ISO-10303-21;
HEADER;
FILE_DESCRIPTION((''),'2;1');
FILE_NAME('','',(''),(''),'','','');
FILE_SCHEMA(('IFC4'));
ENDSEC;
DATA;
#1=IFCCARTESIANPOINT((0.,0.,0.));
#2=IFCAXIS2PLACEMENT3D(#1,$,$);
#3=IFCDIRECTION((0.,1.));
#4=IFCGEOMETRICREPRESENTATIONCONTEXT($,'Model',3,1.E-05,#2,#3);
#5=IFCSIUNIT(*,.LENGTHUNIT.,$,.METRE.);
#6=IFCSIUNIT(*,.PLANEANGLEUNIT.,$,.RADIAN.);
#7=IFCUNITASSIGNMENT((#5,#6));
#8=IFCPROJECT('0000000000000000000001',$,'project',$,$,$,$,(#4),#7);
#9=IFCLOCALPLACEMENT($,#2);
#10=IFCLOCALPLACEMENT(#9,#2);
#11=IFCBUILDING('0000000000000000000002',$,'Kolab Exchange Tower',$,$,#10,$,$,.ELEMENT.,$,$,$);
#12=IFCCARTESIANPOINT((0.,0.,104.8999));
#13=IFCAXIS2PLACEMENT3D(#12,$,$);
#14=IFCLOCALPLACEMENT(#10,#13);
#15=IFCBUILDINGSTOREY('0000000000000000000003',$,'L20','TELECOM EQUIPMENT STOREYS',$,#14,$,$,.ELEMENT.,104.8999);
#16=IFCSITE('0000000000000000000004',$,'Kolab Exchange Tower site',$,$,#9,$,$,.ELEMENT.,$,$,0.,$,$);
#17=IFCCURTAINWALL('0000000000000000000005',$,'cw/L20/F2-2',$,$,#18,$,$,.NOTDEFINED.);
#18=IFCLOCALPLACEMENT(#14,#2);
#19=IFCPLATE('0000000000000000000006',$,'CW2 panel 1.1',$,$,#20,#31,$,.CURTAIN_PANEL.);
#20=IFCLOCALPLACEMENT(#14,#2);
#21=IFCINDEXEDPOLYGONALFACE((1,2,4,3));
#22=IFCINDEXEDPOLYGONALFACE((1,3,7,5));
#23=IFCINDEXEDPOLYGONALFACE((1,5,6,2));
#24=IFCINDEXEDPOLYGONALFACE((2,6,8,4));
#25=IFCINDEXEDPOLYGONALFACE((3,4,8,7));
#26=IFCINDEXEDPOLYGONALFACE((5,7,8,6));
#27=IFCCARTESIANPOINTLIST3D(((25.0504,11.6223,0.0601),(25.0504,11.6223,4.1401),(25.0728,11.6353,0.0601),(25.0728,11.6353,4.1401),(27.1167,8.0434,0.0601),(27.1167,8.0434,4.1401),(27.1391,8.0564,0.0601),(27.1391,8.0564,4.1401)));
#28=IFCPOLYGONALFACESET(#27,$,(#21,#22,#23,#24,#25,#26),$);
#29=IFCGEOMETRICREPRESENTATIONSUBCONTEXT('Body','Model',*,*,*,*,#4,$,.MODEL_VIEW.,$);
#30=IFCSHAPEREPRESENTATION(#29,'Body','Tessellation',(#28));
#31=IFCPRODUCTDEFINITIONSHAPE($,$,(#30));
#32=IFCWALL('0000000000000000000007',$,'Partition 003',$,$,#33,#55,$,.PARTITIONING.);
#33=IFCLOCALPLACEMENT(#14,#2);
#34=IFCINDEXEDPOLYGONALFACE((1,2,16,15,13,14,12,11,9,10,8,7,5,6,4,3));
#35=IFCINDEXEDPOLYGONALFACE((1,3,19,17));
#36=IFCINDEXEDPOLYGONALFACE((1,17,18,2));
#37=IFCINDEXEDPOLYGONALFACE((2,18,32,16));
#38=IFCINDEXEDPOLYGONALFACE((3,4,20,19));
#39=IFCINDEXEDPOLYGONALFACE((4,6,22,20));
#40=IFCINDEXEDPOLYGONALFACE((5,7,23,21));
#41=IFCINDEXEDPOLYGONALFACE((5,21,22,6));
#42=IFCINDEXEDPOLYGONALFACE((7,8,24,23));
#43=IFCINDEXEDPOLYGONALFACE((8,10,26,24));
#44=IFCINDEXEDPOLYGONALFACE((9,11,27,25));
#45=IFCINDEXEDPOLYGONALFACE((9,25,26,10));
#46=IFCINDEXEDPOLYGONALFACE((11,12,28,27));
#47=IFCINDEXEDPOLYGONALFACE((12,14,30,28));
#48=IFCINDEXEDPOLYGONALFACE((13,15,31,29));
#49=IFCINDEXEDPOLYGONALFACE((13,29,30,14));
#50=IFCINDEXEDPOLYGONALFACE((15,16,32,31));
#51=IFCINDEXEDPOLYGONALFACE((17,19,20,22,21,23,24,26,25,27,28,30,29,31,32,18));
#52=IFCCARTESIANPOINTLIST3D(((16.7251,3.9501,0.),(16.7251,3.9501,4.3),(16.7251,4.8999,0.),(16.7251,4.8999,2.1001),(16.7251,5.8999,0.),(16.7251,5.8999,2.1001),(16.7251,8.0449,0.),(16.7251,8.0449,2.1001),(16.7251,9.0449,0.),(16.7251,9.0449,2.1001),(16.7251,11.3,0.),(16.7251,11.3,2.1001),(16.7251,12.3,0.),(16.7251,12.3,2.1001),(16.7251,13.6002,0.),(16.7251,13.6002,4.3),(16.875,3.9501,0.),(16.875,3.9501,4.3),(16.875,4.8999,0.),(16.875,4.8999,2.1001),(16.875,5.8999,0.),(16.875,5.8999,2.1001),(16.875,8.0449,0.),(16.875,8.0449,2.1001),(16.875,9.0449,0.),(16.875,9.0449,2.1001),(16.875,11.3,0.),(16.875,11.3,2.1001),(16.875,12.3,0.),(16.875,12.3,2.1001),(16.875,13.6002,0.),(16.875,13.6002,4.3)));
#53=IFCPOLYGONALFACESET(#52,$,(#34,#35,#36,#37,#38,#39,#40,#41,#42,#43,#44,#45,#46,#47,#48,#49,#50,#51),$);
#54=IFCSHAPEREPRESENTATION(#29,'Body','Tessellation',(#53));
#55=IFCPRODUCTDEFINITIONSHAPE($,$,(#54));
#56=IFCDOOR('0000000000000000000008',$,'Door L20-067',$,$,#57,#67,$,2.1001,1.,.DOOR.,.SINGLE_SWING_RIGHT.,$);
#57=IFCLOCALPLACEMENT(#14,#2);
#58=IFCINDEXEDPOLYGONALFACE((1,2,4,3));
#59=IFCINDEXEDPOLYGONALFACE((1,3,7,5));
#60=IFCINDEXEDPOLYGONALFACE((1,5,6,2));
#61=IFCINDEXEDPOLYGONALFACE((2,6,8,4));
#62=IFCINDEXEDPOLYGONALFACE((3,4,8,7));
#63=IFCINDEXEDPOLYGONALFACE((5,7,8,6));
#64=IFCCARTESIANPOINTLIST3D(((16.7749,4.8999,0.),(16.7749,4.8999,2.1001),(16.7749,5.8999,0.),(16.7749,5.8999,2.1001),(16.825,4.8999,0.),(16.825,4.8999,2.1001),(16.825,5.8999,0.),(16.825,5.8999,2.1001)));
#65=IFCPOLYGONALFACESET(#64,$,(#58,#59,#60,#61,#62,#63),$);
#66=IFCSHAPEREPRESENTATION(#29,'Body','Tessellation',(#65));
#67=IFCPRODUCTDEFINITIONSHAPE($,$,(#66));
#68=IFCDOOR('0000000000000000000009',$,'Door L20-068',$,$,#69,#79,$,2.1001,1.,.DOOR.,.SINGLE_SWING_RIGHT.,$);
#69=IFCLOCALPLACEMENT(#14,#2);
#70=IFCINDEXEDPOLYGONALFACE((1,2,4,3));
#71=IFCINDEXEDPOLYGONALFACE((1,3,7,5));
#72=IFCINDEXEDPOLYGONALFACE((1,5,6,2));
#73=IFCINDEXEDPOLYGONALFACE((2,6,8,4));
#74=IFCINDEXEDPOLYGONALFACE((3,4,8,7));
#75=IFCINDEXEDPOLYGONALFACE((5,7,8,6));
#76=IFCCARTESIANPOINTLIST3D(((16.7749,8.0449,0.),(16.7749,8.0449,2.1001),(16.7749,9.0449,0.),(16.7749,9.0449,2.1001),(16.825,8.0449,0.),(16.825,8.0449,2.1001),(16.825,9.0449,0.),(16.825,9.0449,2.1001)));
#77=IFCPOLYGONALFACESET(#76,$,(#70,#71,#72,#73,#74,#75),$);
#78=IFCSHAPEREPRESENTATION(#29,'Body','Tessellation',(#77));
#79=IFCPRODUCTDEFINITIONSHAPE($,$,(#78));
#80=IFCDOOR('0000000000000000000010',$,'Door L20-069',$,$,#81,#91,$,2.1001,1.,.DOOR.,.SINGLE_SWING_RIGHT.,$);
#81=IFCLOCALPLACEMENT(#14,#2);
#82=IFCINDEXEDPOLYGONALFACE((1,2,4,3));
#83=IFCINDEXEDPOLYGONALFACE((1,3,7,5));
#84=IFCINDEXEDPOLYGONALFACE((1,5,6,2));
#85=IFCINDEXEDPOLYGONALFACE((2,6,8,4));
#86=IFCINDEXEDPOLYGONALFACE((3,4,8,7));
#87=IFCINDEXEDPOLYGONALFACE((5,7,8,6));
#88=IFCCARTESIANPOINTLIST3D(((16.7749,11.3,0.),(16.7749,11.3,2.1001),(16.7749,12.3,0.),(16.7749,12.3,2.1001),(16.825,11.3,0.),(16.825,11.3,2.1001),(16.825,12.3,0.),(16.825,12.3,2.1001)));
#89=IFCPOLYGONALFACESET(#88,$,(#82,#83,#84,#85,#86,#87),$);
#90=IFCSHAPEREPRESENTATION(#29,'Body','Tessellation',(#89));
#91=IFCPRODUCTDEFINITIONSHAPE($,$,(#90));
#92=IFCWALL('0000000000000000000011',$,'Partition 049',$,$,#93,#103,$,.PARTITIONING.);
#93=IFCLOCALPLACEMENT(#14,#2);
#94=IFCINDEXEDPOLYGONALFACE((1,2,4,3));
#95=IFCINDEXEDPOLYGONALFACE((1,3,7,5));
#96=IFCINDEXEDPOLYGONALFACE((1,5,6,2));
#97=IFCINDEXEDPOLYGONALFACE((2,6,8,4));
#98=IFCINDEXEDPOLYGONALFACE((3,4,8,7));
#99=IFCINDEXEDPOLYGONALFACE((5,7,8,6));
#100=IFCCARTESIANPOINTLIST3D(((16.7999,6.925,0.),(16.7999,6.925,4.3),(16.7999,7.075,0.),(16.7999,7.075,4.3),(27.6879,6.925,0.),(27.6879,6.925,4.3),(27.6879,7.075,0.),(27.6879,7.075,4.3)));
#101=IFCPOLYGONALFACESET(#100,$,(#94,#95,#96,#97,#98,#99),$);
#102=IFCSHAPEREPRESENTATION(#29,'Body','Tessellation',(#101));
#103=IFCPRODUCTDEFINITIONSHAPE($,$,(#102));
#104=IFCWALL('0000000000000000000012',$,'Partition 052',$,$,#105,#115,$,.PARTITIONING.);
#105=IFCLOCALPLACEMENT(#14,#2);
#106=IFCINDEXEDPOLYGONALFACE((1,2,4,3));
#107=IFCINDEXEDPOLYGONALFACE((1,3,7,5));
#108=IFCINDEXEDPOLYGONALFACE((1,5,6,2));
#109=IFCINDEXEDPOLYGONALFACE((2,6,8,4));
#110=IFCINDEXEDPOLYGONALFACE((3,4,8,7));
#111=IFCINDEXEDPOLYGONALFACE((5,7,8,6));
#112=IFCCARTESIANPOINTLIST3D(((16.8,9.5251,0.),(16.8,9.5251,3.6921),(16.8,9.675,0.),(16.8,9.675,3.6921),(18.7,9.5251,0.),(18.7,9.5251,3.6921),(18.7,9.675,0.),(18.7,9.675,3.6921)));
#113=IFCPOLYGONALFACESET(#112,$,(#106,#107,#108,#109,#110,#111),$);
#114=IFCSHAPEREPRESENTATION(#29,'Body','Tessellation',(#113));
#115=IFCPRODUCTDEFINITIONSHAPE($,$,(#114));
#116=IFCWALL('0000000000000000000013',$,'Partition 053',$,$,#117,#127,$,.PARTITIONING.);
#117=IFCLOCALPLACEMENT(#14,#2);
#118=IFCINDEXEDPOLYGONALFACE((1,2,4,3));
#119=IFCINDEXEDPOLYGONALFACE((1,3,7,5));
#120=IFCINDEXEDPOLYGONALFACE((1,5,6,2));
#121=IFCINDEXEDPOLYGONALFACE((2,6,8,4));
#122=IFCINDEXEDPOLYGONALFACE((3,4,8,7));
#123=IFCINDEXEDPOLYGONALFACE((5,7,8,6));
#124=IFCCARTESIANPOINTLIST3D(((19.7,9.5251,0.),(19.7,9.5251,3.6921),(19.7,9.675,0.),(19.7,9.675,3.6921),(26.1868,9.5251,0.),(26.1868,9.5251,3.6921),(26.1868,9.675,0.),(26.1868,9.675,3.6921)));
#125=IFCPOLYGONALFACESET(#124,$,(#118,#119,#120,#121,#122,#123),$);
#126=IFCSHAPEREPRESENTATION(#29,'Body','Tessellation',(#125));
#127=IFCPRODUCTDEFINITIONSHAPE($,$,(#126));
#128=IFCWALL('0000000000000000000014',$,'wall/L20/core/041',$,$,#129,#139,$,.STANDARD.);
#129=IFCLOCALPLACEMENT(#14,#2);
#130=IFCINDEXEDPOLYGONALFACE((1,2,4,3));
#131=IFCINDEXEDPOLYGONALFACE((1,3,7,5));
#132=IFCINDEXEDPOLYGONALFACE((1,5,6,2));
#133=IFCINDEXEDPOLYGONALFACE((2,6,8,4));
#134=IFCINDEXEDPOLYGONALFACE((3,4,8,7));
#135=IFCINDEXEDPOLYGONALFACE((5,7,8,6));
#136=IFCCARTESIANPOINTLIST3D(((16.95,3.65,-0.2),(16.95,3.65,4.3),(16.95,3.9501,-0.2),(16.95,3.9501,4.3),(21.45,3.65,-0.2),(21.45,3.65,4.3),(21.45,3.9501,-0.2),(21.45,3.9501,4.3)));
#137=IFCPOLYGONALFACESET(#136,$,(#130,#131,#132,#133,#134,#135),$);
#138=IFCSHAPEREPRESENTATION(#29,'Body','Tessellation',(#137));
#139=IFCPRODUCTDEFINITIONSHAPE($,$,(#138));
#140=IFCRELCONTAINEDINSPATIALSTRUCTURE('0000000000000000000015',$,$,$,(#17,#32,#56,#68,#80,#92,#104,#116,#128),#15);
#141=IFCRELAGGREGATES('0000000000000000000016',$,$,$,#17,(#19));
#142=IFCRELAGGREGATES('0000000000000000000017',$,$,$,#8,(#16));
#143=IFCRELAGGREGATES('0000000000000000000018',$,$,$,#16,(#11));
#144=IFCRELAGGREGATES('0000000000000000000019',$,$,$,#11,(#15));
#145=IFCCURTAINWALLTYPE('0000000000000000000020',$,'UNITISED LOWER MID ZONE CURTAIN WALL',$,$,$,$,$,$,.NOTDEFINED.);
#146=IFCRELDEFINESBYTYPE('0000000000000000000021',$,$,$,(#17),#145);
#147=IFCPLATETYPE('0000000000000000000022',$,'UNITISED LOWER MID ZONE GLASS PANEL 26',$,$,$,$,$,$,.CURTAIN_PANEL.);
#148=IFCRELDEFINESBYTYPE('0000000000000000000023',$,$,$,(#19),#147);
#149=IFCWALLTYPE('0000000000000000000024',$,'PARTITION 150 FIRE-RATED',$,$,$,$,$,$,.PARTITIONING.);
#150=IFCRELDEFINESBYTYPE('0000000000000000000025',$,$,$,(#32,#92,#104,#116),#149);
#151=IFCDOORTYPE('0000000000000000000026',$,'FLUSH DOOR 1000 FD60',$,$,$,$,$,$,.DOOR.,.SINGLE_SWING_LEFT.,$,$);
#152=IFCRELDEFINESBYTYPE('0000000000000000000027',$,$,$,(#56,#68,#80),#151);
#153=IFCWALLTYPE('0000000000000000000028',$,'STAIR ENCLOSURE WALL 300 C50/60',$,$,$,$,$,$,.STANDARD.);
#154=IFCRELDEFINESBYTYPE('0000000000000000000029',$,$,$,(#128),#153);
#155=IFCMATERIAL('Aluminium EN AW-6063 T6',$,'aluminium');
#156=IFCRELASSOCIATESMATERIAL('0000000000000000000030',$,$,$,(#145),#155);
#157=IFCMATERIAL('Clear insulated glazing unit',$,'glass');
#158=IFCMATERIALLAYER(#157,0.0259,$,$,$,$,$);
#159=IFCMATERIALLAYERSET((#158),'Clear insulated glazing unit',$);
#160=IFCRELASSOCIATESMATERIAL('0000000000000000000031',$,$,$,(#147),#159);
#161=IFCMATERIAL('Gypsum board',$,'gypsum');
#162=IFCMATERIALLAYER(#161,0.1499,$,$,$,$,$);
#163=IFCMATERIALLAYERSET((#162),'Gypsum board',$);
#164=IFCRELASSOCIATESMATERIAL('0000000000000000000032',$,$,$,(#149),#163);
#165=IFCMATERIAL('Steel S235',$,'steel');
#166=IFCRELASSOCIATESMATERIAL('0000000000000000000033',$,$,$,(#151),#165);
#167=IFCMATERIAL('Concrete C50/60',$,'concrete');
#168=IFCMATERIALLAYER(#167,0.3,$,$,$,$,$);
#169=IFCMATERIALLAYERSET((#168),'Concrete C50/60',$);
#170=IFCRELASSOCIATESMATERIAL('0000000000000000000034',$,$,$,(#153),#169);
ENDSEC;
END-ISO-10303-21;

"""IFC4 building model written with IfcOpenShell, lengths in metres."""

from ifc_helpers import new_model, si_unit, direction, frame, frame_2d, origin, origin_2d, place, context, subcontext, project, spatial, rectangle, extrude, material, layer, layer_set, type_object, element, fill, aggregate, save


model = new_model("IFC4")

# Units and contexts
model_context = context("Model", 3, precision=1e-05, world=origin(), true_north=direction((0.0, 1.0)))
body_context = subcontext(model_context, "Body", "Model", "MODEL_VIEW")
ifc_project = project(units=[si_unit("LENGTHUNIT", "METRE"), si_unit("PLANEANGLEUNIT", "RADIAN")], contexts=[model_context])

# Site, building, storey
site_placement = place(None, origin())
site = spatial("IfcSite", under=ifc_project, at=site_placement, Name="Kolab Exchange Tower site", CompositionType="ELEMENT", RefElevation=0.0)
building_placement = place(site_placement, origin())
building = spatial("IfcBuilding", under=site, at=building_placement, Name="Kolab Exchange Tower", CompositionType="ELEMENT")
storey_placement = place(building_placement, frame((0.0, 0.0, 104.8999)))
storey = spatial("IfcBuildingStorey", under=building, at=storey_placement, Name="L20", Description="TELECOM EQUIPMENT STOREYS", CompositionType="ELEMENT", Elevation=104.8999)

# Curtain wall, plate
ifc_material_1 = material(Name="Aluminium EN AW-6063 T6", Category="aluminium")
curtain_wall_type = type_object("IfcCurtainWallType", Name="UNITISED LOWER MID ZONE CURTAIN WALL", PredefinedType="NOTDEFINED", material=ifc_material_1)
curtain_wall_placement = place(storey_placement, origin())
curtain_wall = element("IfcCurtainWall", 1, at=curtain_wall_placement, inside=storey, type_object=curtain_wall_type, Name="cw/L20/F2-2", PredefinedType="NOTDEFINED")
ifc_material_2 = material(Name="Clear insulated glazing unit", Category="glass")
ifc_layer_1 = layer(ifc_material_2, 0.0259)
ifc_layer_set_1 = layer_set([ifc_layer_1], Name="Clear insulated glazing unit")
plate_type = type_object("IfcPlateType", Name="UNITISED LOWER MID ZONE GLASS PANEL 26", PredefinedType="CURTAIN_PANEL", material=ifc_layer_set_1)
plate_placement = place(storey_placement, frame((26.0947, 9.8394, 0.0601), z_axis=(0.0, 0.0, 1.0), x_axis=(0.5, -0.866025, 0.0)))
plate = element("IfcPlate", 2, at=plate_placement, type_object=plate_type, Name="CW2 panel 1.1", PredefinedType="CURTAIN_PANEL", context=body_context, shape_type="SweptSolid", body=[
    extrude(rectangle(XDim=4.1326, YDim=0.0259, at=origin_2d()), origin(), (0.0, 0.0, 1.0), 4.0801),
])
aggregate(curtain_wall, [plate])

# Wall, openings, doors
ifc_material_3 = material(Name="Gypsum board", Category="gypsum")
ifc_layer_2 = layer(ifc_material_3, 0.1499)
ifc_layer_set_2 = layer_set([ifc_layer_2], Name="Gypsum board")
wall_type_1 = type_object("IfcWallType", Name="PARTITION 150 FIRE-RATED", PredefinedType="PARTITIONING", material=ifc_layer_set_2)
wall_1_placement = place(storey_placement, frame((16.8, 3.95, 0.0), z_axis=(0.0, 0.0, 1.0), x_axis=(0.0, 1.0, 0.0)))
wall_1 = element("IfcWall", 3, at=wall_1_placement, inside=storey, type_object=wall_type_1, Name="Partition 003", PredefinedType="PARTITIONING", context=body_context, shape_type="SweptSolid", body=[
    extrude(rectangle(XDim=9.6501, YDim=0.1499, at=frame_2d((4.8252, 0.0))), origin(), (0.0, 0.0, 1.0), 4.3),
])
opening_1_placement = place(wall_1_placement, frame((0.95, 0.0, 0.0)))
opening_1 = element("IfcOpeningElement", 4, at=opening_1_placement, cuts=wall_1, PredefinedType="OPENING", context=body_context, shape_type="SweptSolid", body=[
    extrude(rectangle(XDim=1.0, YDim=2.1001, at=frame_2d((0.5, 1.05))), frame((0.0, 0.085, 0.0), z_axis=(0.0, -1.0, 0.0), x_axis=(1.0, 0.0, 0.0)), (0.0, 0.0, 1.0), 0.1699),
])
opening_2_placement = place(wall_1_placement, frame((4.095, 0.0, 0.0)))
opening_2 = element("IfcOpeningElement", 5, at=opening_2_placement, cuts=wall_1, PredefinedType="OPENING", context=body_context, shape_type="SweptSolid", body=[
    extrude(rectangle(XDim=1.0, YDim=2.1001, at=frame_2d((0.5, 1.05))), frame((0.0, 0.085, 0.0), z_axis=(0.0, -1.0, 0.0), x_axis=(1.0, 0.0, 0.0)), (0.0, 0.0, 1.0), 0.1699),
])
opening_3_placement = place(wall_1_placement, frame((7.3501, 0.0, 0.0)))
opening_3 = element("IfcOpeningElement", 6, at=opening_3_placement, cuts=wall_1, PredefinedType="OPENING", context=body_context, shape_type="SweptSolid", body=[
    extrude(rectangle(XDim=1.0, YDim=2.1001, at=frame_2d((0.5, 1.05))), frame((0.0, 0.085, 0.0), z_axis=(0.0, -1.0, 0.0), x_axis=(1.0, 0.0, 0.0)), (0.0, 0.0, 1.0), 0.1699),
])
ifc_material_4 = material(Name="Steel S235", Category="steel")
door_type = type_object("IfcDoorType", Name="FLUSH DOOR 1000 FD60", OperationType="SINGLE_SWING_LEFT", PredefinedType="DOOR", material=ifc_material_4)
door_1_placement = place(opening_1_placement, frame((1.0, 0.0, 0.0), z_axis=(0.0, 0.0, 1.0), x_axis=(-1.0, 0.0, 0.0)))
door_1 = element("IfcDoor", 7, at=door_1_placement, inside=storey, type_object=door_type, Name="Door L20-067", OperationType="SINGLE_SWING_RIGHT", OverallHeight=2.1001, OverallWidth=1.0, PredefinedType="DOOR", context=body_context, shape_type="SweptSolid", body=[
    extrude(rectangle(XDim=1.0, YDim=2.1001, at=frame_2d((0.5, 1.05))), frame((0.0, 0.0249, 0.0), z_axis=(0.0, -1.0, 0.0), x_axis=(1.0, 0.0, 0.0)), (0.0, 0.0, 1.0), 0.05),
])
fill(opening_1, door_1)
door_2_placement = place(opening_2_placement, frame((1.0, 0.0, 0.0), z_axis=(0.0, 0.0, 1.0), x_axis=(-1.0, 0.0, 0.0)))
door_2 = element("IfcDoor", 8, at=door_2_placement, inside=storey, type_object=door_type, Name="Door L20-068", OperationType="SINGLE_SWING_RIGHT", OverallHeight=2.1001, OverallWidth=1.0, PredefinedType="DOOR", context=body_context, shape_type="SweptSolid", body=[
    extrude(rectangle(XDim=1.0, YDim=2.1001, at=frame_2d((0.5, 1.05))), frame((0.0, 0.0249, 0.0), z_axis=(0.0, -1.0, 0.0), x_axis=(1.0, 0.0, 0.0)), (0.0, 0.0, 1.0), 0.05),
])
fill(opening_2, door_2)
door_3_placement = place(opening_3_placement, frame((1.0, 0.0, 0.0), z_axis=(0.0, 0.0, 1.0), x_axis=(-1.0, 0.0, 0.0)))
door_3 = element("IfcDoor", 9, at=door_3_placement, inside=storey, type_object=door_type, Name="Door L20-069", OperationType="SINGLE_SWING_RIGHT", OverallHeight=2.1001, OverallWidth=1.0, PredefinedType="DOOR", context=body_context, shape_type="SweptSolid", body=[
    extrude(rectangle(XDim=1.0, YDim=2.1001, at=frame_2d((0.5, 1.05))), frame((0.0, 0.0249, 0.0), z_axis=(0.0, -1.0, 0.0), x_axis=(1.0, 0.0, 0.0)), (0.0, 0.0, 1.0), 0.05),
])
fill(opening_3, door_3)

# Walls
wall_2_placement = place(storey_placement, frame((16.8, 7.0, 0.0), z_axis=(0.0, 0.0, 1.0), x_axis=(1.0, 0.0, 0.0)))
element("IfcWall", 10, at=wall_2_placement, inside=storey, type_object=wall_type_1, Name="Partition 049", PredefinedType="PARTITIONING", context=body_context, shape_type="SweptSolid", body=[
    extrude(rectangle(XDim=10.8879, YDim=0.1499, at=frame_2d((5.4438, 0.0))), origin(), (0.0, 0.0, 1.0), 4.3),
])
wall_3_placement = place(storey_placement, frame((16.8, 9.6001, 0.0), z_axis=(0.0, 0.0, 1.0), x_axis=(1.0, 0.0, 0.0)))
element("IfcWall", 11, at=wall_3_placement, inside=storey, type_object=wall_type_1, Name="Partition 052", PredefinedType="PARTITIONING", context=body_context, shape_type="SweptSolid", body=[
    extrude(rectangle(XDim=1.8999, YDim=0.1499, at=frame_2d((0.95, 0.0))), origin(), (0.0, 0.0, 1.0), 3.6921),
])
wall_4_placement = place(storey_placement, frame((19.7, 9.6001, 0.0), z_axis=(0.0, 0.0, 1.0), x_axis=(1.0, 0.0, 0.0)))
element("IfcWall", 12, at=wall_4_placement, inside=storey, type_object=wall_type_1, Name="Partition 053", PredefinedType="PARTITIONING", context=body_context, shape_type="SweptSolid", body=[
    extrude(rectangle(XDim=6.4868, YDim=0.1499, at=frame_2d((3.2434, 0.0))), origin(), (0.0, 0.0, 1.0), 3.6921),
])
ifc_material_5 = material(Name="Concrete C50/60", Category="concrete")
ifc_layer_3 = layer(ifc_material_5, 0.3)
ifc_layer_set_3 = layer_set([ifc_layer_3], Name="Concrete C50/60")
wall_type_2 = type_object("IfcWallType", Name="STAIR ENCLOSURE WALL 300 C50/60", PredefinedType="STANDARD", material=ifc_layer_set_3)
wall_5_placement = place(storey_placement, frame((16.95, 3.8, -0.2), z_axis=(0.0, 0.0, 1.0), x_axis=(1.0, 0.0, 0.0)))
element("IfcWall", 13, at=wall_5_placement, inside=storey, type_object=wall_type_2, Name="wall/L20/core/041", PredefinedType="STANDARD", context=body_context, shape_type="SweptSolid", body=[
    extrude(rectangle(XDim=4.5, YDim=0.3, at=frame_2d((2.25, 0.0))), origin(), (0.0, 0.0, 1.0), 4.5),
])

save(model, "model.ifc")
